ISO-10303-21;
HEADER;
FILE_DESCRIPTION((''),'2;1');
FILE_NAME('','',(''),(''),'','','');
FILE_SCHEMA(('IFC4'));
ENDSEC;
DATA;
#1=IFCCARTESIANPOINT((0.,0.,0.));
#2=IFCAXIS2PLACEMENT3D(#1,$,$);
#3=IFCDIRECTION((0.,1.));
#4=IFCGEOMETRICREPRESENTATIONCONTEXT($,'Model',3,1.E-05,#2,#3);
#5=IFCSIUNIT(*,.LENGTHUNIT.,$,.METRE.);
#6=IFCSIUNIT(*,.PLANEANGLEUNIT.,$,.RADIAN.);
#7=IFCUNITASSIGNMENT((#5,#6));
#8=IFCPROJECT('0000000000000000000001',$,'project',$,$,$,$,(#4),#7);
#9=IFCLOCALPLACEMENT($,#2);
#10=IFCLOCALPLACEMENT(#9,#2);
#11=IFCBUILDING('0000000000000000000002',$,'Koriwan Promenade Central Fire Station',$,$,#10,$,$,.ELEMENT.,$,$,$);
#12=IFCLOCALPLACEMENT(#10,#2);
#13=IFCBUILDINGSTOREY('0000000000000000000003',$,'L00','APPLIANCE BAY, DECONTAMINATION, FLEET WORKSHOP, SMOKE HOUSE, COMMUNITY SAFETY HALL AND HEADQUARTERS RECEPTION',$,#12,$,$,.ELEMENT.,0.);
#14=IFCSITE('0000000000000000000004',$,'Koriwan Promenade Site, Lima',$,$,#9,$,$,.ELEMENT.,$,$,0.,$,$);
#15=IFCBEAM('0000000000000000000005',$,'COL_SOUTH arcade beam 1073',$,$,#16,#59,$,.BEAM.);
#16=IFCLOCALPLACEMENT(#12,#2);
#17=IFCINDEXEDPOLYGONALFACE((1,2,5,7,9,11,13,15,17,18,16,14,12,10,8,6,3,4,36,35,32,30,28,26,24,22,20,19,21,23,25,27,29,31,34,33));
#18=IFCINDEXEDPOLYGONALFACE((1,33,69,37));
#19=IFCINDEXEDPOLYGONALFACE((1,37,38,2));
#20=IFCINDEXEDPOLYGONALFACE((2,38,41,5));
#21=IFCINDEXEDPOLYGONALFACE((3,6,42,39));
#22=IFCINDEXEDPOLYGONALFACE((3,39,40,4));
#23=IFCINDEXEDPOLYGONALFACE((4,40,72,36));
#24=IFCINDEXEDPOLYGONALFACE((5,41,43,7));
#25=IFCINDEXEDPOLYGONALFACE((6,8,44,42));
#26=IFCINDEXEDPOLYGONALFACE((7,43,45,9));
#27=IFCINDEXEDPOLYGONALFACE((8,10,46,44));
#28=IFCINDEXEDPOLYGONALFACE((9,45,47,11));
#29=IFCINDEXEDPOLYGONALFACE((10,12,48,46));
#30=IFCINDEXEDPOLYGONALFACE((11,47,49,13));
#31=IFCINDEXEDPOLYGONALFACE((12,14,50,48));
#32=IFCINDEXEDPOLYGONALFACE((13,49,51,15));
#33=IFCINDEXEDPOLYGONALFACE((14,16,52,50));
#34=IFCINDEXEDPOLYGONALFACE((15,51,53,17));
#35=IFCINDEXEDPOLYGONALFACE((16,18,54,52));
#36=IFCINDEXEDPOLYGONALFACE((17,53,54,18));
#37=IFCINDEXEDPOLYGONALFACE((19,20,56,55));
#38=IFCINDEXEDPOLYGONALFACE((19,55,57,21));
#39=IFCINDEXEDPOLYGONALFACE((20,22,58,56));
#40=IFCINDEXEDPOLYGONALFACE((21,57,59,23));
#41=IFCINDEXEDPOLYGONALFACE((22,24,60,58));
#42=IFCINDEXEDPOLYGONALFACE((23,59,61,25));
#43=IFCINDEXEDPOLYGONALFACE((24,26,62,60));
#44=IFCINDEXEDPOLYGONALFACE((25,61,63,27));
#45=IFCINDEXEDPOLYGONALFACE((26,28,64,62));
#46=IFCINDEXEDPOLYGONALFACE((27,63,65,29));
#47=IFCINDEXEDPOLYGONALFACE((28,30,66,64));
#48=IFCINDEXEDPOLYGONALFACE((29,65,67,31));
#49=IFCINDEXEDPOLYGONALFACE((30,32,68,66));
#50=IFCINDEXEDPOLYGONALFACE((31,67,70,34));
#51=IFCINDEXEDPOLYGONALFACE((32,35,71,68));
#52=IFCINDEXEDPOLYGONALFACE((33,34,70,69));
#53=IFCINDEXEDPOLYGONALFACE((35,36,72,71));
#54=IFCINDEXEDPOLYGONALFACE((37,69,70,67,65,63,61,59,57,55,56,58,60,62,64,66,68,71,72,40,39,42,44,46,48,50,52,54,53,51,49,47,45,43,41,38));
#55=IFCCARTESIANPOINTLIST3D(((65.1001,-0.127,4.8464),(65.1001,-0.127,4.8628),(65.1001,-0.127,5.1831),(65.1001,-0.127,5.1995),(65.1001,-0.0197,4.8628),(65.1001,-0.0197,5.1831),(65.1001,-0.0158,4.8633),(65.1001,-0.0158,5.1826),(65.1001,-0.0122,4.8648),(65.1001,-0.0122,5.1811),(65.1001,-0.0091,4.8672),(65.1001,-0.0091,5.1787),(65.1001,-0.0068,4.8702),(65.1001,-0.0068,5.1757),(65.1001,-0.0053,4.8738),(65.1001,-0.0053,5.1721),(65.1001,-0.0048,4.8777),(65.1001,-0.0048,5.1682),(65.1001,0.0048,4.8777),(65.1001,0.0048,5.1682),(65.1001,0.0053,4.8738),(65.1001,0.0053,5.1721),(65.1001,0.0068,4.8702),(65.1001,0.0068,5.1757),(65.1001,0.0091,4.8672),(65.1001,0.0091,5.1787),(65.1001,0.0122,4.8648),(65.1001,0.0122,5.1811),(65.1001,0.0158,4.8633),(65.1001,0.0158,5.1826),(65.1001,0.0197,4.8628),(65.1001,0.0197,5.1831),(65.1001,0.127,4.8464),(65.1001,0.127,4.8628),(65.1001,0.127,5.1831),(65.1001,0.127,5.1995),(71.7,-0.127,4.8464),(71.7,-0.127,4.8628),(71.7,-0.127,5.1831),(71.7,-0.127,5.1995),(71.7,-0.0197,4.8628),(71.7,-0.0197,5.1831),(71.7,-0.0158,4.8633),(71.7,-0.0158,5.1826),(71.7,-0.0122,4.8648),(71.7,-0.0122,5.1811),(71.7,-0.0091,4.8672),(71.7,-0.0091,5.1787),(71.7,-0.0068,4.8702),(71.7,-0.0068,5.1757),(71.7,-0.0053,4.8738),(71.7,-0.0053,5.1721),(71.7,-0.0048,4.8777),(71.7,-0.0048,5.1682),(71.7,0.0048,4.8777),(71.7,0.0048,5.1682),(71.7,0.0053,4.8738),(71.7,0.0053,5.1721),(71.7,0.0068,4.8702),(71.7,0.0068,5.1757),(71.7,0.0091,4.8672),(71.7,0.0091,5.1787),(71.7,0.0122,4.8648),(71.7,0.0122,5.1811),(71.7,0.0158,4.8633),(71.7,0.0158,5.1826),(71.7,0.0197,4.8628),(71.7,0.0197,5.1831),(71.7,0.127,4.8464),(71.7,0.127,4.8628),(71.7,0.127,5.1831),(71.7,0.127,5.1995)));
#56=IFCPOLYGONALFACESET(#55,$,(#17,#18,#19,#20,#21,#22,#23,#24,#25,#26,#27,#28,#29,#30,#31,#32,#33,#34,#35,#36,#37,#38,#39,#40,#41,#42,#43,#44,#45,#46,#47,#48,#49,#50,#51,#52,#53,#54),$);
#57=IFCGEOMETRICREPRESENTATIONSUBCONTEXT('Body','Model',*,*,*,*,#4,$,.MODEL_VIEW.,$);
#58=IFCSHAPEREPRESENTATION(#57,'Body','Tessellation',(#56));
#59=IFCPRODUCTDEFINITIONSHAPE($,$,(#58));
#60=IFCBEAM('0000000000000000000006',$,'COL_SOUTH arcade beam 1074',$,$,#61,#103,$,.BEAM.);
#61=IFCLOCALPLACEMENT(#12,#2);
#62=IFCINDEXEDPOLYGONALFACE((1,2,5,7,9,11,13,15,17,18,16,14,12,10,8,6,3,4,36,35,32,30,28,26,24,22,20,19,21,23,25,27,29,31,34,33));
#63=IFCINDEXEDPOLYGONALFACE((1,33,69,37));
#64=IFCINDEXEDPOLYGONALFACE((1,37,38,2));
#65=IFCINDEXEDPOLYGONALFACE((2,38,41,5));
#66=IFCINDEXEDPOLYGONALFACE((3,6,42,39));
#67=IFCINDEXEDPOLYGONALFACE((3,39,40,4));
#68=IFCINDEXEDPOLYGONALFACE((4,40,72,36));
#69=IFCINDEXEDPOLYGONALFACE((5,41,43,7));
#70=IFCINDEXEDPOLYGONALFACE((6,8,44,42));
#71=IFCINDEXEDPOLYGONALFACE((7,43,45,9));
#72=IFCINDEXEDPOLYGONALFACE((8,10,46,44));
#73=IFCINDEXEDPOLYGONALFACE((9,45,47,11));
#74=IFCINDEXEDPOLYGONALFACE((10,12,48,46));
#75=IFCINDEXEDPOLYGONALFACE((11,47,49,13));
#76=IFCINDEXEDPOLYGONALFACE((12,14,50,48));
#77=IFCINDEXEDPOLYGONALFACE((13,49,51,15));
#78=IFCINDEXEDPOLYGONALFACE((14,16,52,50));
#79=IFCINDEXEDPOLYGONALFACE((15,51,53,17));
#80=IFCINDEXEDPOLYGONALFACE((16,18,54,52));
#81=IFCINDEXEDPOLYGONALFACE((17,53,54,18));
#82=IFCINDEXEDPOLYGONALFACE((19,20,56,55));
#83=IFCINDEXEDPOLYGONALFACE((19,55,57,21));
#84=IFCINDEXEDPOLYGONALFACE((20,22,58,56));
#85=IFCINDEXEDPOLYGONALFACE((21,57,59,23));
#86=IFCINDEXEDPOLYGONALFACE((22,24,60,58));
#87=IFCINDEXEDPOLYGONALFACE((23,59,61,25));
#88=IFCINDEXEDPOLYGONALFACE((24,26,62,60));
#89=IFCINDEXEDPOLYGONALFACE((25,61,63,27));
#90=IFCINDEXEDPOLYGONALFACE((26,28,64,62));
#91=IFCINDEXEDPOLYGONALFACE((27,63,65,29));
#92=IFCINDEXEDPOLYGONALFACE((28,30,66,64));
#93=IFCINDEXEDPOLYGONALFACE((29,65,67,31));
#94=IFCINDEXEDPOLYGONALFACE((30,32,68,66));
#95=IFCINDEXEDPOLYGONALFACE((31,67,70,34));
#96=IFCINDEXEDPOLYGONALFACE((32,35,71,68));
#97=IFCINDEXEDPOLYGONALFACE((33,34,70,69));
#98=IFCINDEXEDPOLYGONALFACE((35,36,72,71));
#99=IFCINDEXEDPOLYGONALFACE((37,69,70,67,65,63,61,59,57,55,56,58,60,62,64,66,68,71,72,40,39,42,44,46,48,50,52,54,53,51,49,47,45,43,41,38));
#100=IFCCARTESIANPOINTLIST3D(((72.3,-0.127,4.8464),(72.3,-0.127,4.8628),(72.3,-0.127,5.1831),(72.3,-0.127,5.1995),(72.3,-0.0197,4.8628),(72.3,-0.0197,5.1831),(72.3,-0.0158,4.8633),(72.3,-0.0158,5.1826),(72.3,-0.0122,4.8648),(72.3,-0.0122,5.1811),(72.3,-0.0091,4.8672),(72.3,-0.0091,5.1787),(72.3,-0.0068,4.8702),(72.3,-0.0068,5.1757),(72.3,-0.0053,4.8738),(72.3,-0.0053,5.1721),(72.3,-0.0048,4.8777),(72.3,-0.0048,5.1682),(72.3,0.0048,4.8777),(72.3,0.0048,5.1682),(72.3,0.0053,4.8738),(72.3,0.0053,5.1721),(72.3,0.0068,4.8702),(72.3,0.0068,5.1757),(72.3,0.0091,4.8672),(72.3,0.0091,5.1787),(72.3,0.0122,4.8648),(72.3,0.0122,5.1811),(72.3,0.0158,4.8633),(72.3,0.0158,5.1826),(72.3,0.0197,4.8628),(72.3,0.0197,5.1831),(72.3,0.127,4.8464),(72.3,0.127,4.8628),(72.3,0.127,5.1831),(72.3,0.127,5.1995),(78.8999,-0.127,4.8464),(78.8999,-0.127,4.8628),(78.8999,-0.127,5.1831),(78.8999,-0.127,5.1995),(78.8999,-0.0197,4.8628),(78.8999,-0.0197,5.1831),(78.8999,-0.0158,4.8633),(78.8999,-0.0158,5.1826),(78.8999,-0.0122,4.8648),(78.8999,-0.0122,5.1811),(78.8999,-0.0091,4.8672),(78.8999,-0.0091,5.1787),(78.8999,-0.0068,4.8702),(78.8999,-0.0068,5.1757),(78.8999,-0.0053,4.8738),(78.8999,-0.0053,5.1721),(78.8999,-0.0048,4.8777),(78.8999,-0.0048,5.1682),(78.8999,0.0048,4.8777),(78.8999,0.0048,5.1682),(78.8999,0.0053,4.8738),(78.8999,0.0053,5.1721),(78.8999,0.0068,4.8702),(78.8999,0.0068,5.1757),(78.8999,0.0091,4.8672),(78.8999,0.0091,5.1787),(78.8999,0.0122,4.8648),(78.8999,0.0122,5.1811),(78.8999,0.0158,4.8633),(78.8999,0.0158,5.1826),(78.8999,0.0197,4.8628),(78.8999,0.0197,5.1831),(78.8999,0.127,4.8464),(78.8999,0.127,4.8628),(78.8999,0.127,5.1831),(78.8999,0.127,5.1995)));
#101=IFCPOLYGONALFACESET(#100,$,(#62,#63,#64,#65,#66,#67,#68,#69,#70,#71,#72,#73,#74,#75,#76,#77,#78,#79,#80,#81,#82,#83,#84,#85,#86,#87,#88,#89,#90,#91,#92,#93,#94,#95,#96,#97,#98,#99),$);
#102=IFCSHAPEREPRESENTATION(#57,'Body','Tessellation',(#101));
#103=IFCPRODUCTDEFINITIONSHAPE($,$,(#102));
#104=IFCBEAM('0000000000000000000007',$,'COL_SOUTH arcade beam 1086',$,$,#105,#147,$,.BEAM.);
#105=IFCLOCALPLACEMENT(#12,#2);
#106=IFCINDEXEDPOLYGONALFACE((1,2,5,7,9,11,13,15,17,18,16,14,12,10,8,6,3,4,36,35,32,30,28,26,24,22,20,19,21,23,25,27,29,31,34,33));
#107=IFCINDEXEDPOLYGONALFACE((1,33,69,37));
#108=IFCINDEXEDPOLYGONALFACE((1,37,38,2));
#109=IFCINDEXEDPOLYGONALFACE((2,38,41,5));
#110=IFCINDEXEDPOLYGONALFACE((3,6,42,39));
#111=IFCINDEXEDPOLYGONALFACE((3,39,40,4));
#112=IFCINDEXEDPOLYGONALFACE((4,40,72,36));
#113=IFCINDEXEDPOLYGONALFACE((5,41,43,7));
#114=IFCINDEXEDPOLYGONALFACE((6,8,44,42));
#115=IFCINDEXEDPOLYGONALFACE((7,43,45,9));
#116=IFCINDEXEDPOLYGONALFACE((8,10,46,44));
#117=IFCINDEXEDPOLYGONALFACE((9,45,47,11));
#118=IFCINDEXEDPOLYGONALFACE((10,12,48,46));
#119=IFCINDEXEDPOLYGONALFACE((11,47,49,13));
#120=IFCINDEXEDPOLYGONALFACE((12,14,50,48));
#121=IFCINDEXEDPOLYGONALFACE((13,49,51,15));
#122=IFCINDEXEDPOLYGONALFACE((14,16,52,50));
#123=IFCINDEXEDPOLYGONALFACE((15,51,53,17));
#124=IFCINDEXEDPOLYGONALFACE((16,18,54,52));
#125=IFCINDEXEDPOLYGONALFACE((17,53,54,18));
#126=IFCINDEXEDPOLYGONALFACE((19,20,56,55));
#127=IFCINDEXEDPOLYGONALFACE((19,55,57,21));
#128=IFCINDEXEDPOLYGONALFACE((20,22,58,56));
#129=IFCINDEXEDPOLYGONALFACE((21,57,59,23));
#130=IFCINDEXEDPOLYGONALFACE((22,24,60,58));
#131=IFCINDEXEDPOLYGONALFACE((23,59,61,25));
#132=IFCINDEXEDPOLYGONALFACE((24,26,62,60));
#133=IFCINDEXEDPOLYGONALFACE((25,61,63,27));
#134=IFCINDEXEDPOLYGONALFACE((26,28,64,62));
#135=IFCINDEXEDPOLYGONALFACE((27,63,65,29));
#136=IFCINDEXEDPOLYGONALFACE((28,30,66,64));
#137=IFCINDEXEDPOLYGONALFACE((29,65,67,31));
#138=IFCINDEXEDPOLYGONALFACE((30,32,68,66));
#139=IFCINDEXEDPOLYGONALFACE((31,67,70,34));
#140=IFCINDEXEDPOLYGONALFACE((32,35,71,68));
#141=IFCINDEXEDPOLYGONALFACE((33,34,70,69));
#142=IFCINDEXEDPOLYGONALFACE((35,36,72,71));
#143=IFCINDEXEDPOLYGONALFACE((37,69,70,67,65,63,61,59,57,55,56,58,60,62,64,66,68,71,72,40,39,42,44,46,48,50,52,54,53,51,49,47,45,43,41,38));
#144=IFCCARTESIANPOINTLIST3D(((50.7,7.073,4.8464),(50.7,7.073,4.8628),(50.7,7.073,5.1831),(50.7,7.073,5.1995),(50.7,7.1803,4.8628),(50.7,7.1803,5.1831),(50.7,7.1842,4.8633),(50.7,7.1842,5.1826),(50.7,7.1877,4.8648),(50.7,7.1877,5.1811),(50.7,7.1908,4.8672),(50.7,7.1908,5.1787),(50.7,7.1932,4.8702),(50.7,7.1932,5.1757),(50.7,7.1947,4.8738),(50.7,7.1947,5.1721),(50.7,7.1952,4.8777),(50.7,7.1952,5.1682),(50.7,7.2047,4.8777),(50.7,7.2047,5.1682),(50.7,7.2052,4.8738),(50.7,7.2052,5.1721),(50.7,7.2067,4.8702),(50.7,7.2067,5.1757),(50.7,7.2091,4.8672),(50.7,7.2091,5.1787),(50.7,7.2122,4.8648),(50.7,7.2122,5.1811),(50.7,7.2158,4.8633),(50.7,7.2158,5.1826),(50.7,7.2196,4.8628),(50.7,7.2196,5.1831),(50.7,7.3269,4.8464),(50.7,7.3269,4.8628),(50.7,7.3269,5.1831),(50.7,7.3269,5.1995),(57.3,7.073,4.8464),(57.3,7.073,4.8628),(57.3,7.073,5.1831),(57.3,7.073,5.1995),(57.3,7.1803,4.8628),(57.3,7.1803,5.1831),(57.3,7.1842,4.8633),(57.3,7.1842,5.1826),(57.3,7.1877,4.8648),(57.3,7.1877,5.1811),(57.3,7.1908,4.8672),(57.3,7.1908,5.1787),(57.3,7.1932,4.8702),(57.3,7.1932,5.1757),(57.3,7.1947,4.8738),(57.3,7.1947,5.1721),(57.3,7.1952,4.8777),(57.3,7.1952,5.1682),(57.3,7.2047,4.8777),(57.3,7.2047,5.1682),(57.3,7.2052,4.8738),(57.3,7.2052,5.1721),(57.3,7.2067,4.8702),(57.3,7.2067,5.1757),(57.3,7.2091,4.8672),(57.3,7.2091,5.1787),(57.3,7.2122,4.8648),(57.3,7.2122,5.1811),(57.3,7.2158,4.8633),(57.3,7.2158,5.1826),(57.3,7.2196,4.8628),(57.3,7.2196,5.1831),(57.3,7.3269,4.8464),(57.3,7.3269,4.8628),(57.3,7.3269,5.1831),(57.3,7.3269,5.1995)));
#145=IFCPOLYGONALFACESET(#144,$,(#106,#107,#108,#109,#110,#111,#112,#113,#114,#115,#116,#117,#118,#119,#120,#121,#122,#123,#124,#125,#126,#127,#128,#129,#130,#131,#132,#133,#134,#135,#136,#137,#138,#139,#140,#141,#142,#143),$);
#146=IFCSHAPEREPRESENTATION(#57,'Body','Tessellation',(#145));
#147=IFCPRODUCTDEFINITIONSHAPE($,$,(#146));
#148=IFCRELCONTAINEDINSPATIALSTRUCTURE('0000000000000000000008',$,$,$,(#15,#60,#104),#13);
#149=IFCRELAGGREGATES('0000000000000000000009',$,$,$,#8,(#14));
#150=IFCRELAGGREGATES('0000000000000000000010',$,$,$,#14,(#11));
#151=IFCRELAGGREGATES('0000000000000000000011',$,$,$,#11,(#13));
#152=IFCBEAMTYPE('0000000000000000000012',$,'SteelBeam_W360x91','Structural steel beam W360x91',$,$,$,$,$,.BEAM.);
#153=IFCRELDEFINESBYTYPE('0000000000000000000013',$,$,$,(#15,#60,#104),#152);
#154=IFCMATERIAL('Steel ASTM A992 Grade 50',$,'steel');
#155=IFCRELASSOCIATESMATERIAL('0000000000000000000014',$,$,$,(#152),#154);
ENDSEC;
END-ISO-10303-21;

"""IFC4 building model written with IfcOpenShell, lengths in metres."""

from ifc_helpers import new_model, si_unit, direction, frame, origin, origin_2d, place, context, subcontext, project, spatial, i_section, extrude, material, material_profile, profile_set, type_object, element, save


model = new_model("IFC4")

# Units and contexts
model_context = context("Model", 3, precision=1e-05, world=origin(), true_north=direction((0.0, 1.0)))
body_context = subcontext(model_context, "Body", "Model", "MODEL_VIEW")
ifc_project = project(units=[si_unit("LENGTHUNIT", "METRE"), si_unit("PLANEANGLEUNIT", "RADIAN")], contexts=[model_context])

# Site, building, storey
site_placement = place(None, origin())
site = spatial("IfcSite", under=ifc_project, at=site_placement, Name="Koriwan Promenade Site, Lima", CompositionType="ELEMENT", RefElevation=0.0)
building_placement = place(site_placement, origin())
building = spatial("IfcBuilding", under=site, at=building_placement, Name="Koriwan Promenade Central Fire Station", CompositionType="ELEMENT")
storey_placement = place(building_placement, origin())
storey = spatial("IfcBuildingStorey", under=building, at=storey_placement, Name="L00", Description="APPLIANCE BAY, DECONTAMINATION, FLEET WORKSHOP, SMOKE HOUSE, COMMUNITY SAFETY HALL AND HEADQUARTERS RECEPTION", CompositionType="ELEMENT", Elevation=0.0)

# Beams
ifc_material_1 = material(Name="Steel ASTM A992 Grade 50", Category="steel")
ifc_material_profile_1 = material_profile(ifc_material_1, i_section(OverallWidth=0.2539, OverallDepth=0.353, WebThickness=0.0095, FlangeThickness=0.0164, FilletRadius=0.0149, at=origin_2d()), Name="W360x91")
ifc_profile_set_1 = profile_set([ifc_material_profile_1], Name="Steel ASTM A992 Grade 50")
beam_type_1 = type_object("IfcBeamType", Name="SteelBeam_W360x91", Description="Structural steel beam W360x91", PredefinedType="BEAM", material=ifc_profile_set_1)
for number, where, z_axis, x_axis, name in (
    (1, (65.1001, 0.0, 5.0229), (1.0, 0.0, 0.0), (0.0, 1.0, 0.0), "COL_SOUTH arcade beam 1073"),
    (2, (72.3, 0.0, 5.0229), (1.0, 0.0, 0.0), (0.0, 1.0, 0.0), "COL_SOUTH arcade beam 1074"),
):
    element("IfcBeam", number, at=place(storey_placement, frame(where, z_axis=z_axis, x_axis=x_axis)), inside=storey, type_object=beam_type_1, Name=name, PredefinedType="BEAM", context=body_context, shape_type="SweptSolid", body=[
        extrude(i_section(OverallWidth=0.2539, OverallDepth=0.353, WebThickness=0.0095, FlangeThickness=0.0164, FilletRadius=0.0149, at=origin_2d()), origin(), (0.0, 0.0, 1.0), 6.5999),
    ])
beam_placement = place(storey_placement, frame((50.7, 7.2, 5.0229), z_axis=(1.0, 0.0, 0.0), x_axis=(0.0, 1.0, 0.0)))
element("IfcBeam", 3, at=beam_placement, inside=storey, type_object=beam_type_1, Name="COL_SOUTH arcade beam 1086", PredefinedType="BEAM", context=body_context, shape_type="SweptSolid", body=[
    extrude(i_section(OverallWidth=0.2539, OverallDepth=0.353, WebThickness=0.0095, FlangeThickness=0.0164, FilletRadius=0.0149, at=origin_2d()), origin(), (0.0, 0.0, 1.0), 6.6001),
])

save(model, "model.ifc")
